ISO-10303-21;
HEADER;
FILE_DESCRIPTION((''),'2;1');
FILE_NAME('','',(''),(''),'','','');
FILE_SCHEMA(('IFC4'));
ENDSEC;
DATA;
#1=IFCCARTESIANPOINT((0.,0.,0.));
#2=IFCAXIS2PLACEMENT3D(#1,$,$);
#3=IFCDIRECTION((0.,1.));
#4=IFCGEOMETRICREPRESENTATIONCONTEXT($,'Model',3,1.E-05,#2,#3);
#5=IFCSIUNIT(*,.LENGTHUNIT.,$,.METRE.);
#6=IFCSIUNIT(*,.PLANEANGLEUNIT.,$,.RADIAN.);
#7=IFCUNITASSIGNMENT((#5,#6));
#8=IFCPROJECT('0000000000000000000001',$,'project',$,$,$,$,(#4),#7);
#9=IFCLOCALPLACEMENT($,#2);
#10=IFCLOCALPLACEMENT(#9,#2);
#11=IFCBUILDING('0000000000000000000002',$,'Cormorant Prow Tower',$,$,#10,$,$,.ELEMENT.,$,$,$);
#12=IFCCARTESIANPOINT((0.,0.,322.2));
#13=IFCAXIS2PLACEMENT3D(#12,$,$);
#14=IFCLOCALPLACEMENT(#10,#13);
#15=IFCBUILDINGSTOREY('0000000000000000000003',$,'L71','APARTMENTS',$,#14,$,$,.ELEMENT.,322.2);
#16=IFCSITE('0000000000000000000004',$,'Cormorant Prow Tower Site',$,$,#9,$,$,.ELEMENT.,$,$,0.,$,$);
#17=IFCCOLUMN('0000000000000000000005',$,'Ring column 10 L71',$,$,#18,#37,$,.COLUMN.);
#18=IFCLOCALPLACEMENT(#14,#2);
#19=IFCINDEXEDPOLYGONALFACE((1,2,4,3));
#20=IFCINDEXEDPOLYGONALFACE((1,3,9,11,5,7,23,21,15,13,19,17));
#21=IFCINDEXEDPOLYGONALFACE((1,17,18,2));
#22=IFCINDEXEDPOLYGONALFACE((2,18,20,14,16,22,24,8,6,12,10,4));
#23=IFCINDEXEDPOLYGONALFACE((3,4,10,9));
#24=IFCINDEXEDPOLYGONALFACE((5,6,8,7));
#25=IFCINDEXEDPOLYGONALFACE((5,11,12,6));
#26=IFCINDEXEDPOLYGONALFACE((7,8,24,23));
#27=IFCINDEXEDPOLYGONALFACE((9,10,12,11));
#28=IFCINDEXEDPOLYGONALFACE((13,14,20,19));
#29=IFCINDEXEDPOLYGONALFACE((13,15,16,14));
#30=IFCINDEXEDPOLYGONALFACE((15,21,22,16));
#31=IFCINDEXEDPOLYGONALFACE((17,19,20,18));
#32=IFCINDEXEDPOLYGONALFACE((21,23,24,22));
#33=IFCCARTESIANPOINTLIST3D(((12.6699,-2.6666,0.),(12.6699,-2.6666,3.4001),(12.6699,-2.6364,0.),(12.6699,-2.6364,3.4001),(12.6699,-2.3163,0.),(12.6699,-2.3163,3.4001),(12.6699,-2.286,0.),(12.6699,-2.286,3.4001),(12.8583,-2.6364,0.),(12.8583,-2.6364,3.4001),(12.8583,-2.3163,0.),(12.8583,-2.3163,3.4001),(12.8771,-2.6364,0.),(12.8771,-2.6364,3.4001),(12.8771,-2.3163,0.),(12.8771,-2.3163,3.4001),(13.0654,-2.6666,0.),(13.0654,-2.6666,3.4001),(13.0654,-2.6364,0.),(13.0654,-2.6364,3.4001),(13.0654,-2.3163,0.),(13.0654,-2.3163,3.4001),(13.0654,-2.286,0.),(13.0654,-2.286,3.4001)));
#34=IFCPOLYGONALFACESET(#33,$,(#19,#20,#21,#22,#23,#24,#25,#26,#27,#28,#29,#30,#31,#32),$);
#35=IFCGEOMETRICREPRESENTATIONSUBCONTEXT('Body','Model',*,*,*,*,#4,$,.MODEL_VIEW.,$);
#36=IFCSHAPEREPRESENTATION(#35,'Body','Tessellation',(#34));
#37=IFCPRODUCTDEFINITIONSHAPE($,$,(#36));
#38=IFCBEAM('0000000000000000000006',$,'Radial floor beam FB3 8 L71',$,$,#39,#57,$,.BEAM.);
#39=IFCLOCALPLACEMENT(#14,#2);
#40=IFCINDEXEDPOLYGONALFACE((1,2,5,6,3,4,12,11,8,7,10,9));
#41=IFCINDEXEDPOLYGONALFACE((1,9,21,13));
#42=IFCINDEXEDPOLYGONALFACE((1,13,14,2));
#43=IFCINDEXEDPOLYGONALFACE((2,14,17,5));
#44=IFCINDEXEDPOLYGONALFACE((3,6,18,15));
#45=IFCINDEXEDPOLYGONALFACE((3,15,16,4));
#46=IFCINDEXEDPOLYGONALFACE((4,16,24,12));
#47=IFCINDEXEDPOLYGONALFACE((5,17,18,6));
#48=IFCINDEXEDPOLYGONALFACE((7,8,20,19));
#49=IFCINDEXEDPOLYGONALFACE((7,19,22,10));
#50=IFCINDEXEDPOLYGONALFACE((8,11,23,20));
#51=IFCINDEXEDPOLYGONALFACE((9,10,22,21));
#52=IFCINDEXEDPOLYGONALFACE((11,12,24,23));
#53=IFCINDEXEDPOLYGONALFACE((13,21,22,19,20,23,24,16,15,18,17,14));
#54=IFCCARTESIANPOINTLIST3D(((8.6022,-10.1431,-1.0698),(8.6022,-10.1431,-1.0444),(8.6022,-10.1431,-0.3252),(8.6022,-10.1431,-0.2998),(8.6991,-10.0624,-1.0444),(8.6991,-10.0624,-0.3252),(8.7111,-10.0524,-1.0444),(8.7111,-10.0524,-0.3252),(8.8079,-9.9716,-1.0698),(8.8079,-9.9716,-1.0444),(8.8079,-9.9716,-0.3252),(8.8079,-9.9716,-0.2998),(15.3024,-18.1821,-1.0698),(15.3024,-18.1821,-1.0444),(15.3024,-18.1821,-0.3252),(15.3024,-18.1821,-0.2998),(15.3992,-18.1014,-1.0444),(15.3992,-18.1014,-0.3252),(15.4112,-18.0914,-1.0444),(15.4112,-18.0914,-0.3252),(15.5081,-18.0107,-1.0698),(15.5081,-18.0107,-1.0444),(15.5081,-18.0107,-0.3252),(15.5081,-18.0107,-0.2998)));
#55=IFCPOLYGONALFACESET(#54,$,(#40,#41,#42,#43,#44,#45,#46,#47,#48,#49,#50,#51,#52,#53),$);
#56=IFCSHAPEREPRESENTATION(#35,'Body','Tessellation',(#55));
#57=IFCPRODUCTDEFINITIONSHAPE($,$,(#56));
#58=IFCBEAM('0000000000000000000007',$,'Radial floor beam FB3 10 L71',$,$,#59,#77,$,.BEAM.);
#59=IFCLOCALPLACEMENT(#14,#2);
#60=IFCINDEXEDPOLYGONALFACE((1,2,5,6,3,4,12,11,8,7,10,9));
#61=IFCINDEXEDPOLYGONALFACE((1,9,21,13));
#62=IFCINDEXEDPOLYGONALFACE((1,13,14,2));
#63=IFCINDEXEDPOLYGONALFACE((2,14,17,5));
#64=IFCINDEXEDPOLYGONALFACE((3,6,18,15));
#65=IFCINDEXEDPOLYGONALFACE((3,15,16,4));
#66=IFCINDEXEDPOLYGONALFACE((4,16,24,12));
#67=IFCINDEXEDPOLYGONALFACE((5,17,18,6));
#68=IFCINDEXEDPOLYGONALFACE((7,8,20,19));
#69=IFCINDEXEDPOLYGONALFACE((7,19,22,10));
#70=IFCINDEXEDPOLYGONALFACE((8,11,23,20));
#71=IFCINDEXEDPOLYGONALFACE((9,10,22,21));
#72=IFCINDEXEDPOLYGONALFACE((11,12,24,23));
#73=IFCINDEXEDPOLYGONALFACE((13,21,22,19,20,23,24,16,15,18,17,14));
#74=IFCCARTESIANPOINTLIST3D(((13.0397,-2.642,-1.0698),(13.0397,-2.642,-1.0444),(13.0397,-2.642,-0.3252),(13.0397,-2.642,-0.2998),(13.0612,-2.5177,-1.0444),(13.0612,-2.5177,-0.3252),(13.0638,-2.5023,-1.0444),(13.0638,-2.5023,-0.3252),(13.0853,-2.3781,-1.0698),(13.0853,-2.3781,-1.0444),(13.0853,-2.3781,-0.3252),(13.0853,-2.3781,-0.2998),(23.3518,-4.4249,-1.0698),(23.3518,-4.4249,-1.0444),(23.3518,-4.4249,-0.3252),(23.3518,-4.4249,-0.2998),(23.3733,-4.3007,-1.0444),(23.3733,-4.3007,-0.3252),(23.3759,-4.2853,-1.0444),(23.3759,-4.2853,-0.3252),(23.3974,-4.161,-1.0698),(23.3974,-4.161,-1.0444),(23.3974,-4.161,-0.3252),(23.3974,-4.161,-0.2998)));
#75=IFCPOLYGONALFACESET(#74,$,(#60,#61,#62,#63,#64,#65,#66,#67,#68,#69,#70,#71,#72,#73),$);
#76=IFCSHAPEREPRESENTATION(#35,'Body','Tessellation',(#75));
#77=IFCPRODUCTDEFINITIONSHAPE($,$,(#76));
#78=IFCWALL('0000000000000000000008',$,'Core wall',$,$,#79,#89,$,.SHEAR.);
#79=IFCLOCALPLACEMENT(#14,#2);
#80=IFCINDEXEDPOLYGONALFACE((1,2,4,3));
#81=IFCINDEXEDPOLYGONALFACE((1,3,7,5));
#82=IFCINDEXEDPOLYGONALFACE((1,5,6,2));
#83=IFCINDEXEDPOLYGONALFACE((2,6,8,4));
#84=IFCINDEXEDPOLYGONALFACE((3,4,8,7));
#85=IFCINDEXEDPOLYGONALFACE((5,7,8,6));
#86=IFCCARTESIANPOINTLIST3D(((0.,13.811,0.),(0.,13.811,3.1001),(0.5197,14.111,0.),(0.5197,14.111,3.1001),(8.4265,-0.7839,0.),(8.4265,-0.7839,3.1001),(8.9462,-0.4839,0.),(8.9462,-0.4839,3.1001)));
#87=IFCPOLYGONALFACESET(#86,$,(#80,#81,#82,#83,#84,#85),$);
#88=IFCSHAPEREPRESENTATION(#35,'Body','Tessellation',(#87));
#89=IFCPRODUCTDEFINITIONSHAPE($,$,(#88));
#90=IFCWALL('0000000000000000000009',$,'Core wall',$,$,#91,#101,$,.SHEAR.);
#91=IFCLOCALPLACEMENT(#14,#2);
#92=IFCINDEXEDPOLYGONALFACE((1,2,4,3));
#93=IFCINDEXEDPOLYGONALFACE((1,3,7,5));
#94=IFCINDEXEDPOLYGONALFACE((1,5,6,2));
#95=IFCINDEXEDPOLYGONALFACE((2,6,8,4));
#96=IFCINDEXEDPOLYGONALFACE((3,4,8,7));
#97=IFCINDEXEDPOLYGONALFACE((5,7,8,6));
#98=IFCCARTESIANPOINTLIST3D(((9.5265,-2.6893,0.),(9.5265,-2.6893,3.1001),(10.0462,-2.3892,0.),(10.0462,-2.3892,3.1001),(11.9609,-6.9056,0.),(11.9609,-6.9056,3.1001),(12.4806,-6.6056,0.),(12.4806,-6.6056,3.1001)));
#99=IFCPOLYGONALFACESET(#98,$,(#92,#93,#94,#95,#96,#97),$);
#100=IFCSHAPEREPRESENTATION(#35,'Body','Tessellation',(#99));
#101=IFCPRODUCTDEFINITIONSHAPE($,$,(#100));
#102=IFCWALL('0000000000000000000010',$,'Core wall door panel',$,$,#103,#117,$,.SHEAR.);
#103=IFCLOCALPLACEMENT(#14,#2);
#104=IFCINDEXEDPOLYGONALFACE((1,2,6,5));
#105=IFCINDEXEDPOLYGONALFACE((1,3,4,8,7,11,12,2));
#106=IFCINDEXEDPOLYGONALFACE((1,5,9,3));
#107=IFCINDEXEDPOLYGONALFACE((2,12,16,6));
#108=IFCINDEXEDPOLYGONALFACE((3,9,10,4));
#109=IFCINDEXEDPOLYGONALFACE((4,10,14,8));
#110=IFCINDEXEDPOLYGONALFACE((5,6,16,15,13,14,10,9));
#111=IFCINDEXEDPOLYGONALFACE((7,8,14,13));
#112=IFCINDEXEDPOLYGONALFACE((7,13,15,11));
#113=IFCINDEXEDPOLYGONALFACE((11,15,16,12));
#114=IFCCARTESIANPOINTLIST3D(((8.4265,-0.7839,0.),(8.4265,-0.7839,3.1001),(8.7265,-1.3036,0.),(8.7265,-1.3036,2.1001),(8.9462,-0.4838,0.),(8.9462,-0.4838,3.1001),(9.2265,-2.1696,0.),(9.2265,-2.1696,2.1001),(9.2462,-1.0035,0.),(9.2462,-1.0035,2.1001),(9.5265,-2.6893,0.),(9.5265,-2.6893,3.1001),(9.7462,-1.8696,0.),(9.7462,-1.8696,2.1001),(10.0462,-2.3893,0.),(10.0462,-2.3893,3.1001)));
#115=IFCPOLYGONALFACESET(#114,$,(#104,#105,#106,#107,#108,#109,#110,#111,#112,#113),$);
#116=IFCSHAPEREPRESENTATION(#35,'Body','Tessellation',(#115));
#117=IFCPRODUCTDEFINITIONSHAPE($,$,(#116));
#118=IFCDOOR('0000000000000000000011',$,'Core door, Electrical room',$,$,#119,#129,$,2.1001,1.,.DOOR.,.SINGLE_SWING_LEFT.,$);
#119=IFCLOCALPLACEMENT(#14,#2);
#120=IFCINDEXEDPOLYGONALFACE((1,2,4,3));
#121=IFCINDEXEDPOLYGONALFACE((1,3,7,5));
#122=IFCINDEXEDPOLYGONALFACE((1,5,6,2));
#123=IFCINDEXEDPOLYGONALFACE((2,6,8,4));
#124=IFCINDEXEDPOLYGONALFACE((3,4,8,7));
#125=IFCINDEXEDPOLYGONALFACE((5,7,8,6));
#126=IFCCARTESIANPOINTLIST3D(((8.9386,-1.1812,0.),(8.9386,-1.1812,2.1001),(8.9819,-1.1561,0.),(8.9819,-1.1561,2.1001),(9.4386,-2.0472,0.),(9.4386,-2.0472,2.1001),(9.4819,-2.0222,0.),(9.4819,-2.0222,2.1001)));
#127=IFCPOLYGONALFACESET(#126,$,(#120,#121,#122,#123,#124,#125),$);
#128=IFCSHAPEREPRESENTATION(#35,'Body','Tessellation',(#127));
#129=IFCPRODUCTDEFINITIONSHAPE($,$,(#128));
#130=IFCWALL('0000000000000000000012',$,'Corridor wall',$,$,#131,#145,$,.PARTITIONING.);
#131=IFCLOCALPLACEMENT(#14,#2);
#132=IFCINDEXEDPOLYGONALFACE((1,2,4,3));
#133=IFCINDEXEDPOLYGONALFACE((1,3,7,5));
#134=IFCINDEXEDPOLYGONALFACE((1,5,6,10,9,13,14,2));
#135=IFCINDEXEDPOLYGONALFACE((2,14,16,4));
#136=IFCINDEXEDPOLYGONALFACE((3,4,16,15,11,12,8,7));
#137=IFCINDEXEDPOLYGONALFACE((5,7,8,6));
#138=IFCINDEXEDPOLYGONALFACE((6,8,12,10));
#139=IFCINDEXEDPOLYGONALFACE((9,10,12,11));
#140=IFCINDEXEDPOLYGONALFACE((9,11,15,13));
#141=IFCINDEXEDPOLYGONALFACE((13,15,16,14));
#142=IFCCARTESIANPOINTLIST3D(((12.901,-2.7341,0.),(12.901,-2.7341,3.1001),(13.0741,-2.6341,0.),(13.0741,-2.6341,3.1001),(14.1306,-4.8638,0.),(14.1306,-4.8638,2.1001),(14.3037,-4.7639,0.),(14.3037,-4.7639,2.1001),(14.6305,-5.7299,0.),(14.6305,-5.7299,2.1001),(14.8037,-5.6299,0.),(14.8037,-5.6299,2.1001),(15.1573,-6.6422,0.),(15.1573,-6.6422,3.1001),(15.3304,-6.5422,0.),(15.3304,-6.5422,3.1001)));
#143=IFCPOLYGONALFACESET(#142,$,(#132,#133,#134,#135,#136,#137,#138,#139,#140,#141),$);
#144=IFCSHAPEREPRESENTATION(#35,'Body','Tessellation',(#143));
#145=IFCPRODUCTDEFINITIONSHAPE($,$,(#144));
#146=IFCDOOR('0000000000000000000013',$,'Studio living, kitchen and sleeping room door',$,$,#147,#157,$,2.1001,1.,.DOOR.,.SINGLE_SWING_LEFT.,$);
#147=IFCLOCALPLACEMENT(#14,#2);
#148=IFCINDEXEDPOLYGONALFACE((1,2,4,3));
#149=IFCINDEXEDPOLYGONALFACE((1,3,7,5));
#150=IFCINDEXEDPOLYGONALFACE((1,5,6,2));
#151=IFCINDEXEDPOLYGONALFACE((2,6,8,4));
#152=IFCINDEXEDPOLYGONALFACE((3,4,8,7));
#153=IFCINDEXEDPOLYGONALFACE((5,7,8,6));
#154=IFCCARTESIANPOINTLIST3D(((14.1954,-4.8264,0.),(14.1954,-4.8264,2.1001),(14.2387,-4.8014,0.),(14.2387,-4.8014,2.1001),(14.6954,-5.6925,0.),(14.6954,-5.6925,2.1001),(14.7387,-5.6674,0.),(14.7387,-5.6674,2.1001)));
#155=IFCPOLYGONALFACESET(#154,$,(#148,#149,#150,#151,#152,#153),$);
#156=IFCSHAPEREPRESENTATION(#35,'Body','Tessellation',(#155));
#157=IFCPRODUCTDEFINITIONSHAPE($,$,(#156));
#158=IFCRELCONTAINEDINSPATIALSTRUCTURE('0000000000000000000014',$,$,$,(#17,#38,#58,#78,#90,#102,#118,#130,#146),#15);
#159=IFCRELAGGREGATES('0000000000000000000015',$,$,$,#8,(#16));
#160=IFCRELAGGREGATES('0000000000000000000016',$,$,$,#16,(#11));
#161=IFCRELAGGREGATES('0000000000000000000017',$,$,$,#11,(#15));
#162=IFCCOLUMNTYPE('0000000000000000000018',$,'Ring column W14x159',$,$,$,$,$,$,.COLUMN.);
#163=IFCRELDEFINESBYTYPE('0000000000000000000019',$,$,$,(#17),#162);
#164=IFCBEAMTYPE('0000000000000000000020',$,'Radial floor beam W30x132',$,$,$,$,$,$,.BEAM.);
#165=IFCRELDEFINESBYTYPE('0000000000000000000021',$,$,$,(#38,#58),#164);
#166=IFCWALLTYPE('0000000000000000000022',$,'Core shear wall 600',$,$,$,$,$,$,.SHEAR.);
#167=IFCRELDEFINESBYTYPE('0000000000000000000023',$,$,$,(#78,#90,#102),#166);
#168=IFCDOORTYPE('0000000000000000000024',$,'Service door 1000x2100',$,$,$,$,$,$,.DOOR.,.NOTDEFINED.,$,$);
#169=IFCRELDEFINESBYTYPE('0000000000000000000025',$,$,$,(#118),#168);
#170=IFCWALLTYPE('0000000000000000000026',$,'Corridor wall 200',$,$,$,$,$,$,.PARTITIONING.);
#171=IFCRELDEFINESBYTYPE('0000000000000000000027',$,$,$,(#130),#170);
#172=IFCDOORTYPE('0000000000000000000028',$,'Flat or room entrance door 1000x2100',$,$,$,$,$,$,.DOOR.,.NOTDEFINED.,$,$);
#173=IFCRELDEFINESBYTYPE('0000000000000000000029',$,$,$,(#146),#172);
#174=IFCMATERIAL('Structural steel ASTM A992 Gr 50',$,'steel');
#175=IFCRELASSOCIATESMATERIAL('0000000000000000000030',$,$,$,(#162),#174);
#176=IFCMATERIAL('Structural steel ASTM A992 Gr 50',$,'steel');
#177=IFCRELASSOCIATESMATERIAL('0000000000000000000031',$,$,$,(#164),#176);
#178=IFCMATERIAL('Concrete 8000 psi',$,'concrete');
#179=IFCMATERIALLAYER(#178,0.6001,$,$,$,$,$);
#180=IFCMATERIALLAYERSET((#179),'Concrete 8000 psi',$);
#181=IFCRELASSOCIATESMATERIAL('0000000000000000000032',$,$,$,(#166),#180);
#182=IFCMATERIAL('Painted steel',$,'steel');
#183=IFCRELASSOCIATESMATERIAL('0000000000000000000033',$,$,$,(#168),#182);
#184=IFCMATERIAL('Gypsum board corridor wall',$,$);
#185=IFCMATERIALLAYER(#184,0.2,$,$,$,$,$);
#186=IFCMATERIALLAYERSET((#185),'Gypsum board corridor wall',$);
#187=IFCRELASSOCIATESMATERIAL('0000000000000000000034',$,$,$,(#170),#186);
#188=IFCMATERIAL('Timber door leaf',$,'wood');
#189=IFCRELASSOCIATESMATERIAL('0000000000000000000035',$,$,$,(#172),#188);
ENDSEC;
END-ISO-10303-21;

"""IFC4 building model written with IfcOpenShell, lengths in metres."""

from ifc_helpers import new_model, si_unit, direction, frame, frame_2d, origin, origin_2d, place, context, subcontext, project, spatial, rectangle, i_section, extrude, material, layer, layer_set, material_profile, profile_set, type_object, element, fill, save


model = new_model("IFC4")

# Units and contexts
model_context = context("Model", 3, precision=1e-05, world=origin(), true_north=direction((0.0, 1.0)))
body_context = subcontext(model_context, "Body", "Model", "MODEL_VIEW")
ifc_project = project(units=[si_unit("LENGTHUNIT", "METRE"), si_unit("PLANEANGLEUNIT", "RADIAN")], contexts=[model_context])

# Site, building, storey
site_placement = place(None, origin())
site = spatial("IfcSite", under=ifc_project, at=site_placement, Name="Cormorant Prow Tower Site", CompositionType="ELEMENT", RefElevation=0.0)
building_placement = place(site_placement, origin())
building = spatial("IfcBuilding", under=site, at=building_placement, Name="Cormorant Prow Tower", CompositionType="ELEMENT")
storey_placement = place(building_placement, frame((0.0, 0.0, 322.2)))
storey = spatial("IfcBuildingStorey", under=building, at=storey_placement, Name="L71", Description="APARTMENTS", CompositionType="ELEMENT", Elevation=322.2)

# Column
ifc_material_1 = material(Name="Structural steel ASTM A992 Gr 50", Category="steel")
ifc_material_profile_1 = material_profile(ifc_material_1, i_section(OverallWidth=0.3955, OverallDepth=0.3806, WebThickness=0.0188, FlangeThickness=0.0303, at=origin_2d()), Name="W14x159")
ifc_profile_set_1 = profile_set([ifc_material_profile_1], Name="Structural steel ASTM A992 Gr 50")
column_type = type_object("IfcColumnType", Name="Ring column W14x159", PredefinedType="COLUMN", material=ifc_profile_set_1)
column_placement = place(storey_placement, frame((12.8677, -2.4763, 0.0), z_axis=(0.0, 0.0, 1.0), x_axis=(1.0, 0.0, 0.0)))
element("IfcColumn", 1, at=column_placement, inside=storey, type_object=column_type, Name="Ring column 10 L71", PredefinedType="COLUMN", context=body_context, shape_type="SweptSolid", body=[
    extrude(i_section(OverallWidth=0.3955, OverallDepth=0.3806, WebThickness=0.0188, FlangeThickness=0.0303, at=origin_2d()), origin(), (0.0, 0.0, 1.0), 3.4001),
])

# Beams
ifc_material_2 = material(Name="Structural steel ASTM A992 Gr 50", Category="steel")
ifc_material_profile_2 = material_profile(ifc_material_2, i_section(OverallWidth=0.2678, OverallDepth=0.77, WebThickness=0.0156, FlangeThickness=0.0254, at=origin_2d()), Name="W30x132")
ifc_profile_set_2 = profile_set([ifc_material_profile_2], Name="Structural steel ASTM A992 Gr 50")
beam_type = type_object("IfcBeamType", Name="Radial floor beam W30x132", PredefinedType="BEAM", material=ifc_profile_set_2)
for number, where, z_axis, x_axis, name in (
    (2, (8.7051, -10.0574, -0.6848), (0.640239, -0.768175, 0.0), (0.768175, 0.640239, 0.0), "Radial floor beam FB3 8 L71"),
    (3, (13.0625, -2.51, -0.6848), (0.98538, -0.170373, 0.0), (0.170373, 0.98538, 0.0), "Radial floor beam FB3 10 L71"),
):
    element("IfcBeam", number, at=place(storey_placement, frame(where, z_axis=z_axis, x_axis=x_axis)), inside=storey, type_object=beam_type, Name=name, PredefinedType="BEAM", context=body_context, shape_type="SweptSolid", body=[
        extrude(i_section(OverallWidth=0.2678, OverallDepth=0.77, WebThickness=0.0156, FlangeThickness=0.0254, at=origin_2d()), origin(), (0.0, 0.0, 1.0), 10.4651),
    ])

# Walls
ifc_material_3 = material(Name="Concrete 8000 psi", Category="concrete")
ifc_layer_1 = layer(ifc_material_3, 0.6001)
ifc_layer_set_1 = layer_set([ifc_layer_1], Name="Concrete 8000 psi")
wall_type_1 = type_object("IfcWallType", Name="Core shear wall 600", PredefinedType="SHEAR", material=ifc_layer_set_1)
wall_1_placement = place(storey_placement, frame((8.6863, -0.6338, 0.0), z_axis=(0.0, 0.0, 1.0), x_axis=(-0.500005, 0.866023, 0.0)))
element("IfcWall", 4, at=wall_1_placement, inside=storey, type_object=wall_type_1, Name="Core wall", PredefinedType="SHEAR", context=body_context, shape_type="SweptSolid", body=[
    extrude(rectangle(XDim=16.8528, YDim=0.6001, at=frame_2d((8.4263, 0.0))), origin(), (0.0, 0.0, 1.0), 3.1001),
])
wall_2_placement = place(storey_placement, frame((12.2207, -6.7556, 0.0), z_axis=(0.0, 0.0, 1.0), x_axis=(-0.500006, 0.866022, 0.0)))
element("IfcWall", 5, at=wall_2_placement, inside=storey, type_object=wall_type_1, Name="Core wall", PredefinedType="SHEAR", context=body_context, shape_type="SweptSolid", body=[
    extrude(rectangle(XDim=4.8687, YDim=0.6001, at=frame_2d((2.4343, 0.0))), origin(), (0.0, 0.0, 1.0), 3.1001),
])

# Wall, opening, door
wall_3_placement = place(storey_placement, frame((9.7864, -2.5393, 0.0), z_axis=(0.0, 0.0, 1.0), x_axis=(-0.499982, 0.866036, 0.0)))
wall_3 = element("IfcWall", 6, at=wall_3_placement, inside=storey, type_object=wall_type_1, Name="Core wall door panel", PredefinedType="SHEAR", context=body_context, shape_type="SweptSolid", body=[
    extrude(rectangle(XDim=2.2002, YDim=0.6001, at=frame_2d((1.1001, 0.0))), origin(), (0.0, 0.0, 1.0), 3.1001),
])
opening_1_placement = place(wall_3_placement, frame((0.6001, 0.0, 0.0)))
opening_1 = element("IfcOpeningElement", 7, at=opening_1_placement, cuts=wall_3, PredefinedType="OPENING", context=body_context, shape_type="SweptSolid", body=[
    extrude(rectangle(XDim=1.0, YDim=2.1001, at=frame_2d((0.5, 1.05))), frame((0.0, 0.3101, 0.0), z_axis=(0.0, -1.0, 0.0), x_axis=(1.0, 0.0, 0.0)), (0.0, 0.0, 1.0), 0.6201),
])
ifc_material_4 = material(Name="Painted steel", Category="steel")
door_type_1 = type_object("IfcDoorType", Name="Service door 1000x2100", OperationType="NOTDEFINED", PredefinedType="DOOR", material=ifc_material_4)
door_1_placement = place(opening_1_placement, origin())
door_1 = element("IfcDoor", 8, at=door_1_placement, inside=storey, type_object=door_type_1, Name="Core door, Electrical room", OperationType="SINGLE_SWING_LEFT", OverallHeight=2.1001, OverallWidth=1.0, PredefinedType="DOOR", context=body_context, shape_type="SweptSolid", body=[
    extrude(rectangle(XDim=1.0, YDim=2.1001, at=frame_2d((0.5, 1.05))), frame((0.0, 0.0552, 0.0), z_axis=(0.0, -1.0, 0.0), x_axis=(1.0, 0.0, 0.0)), (0.0, 0.0, 1.0), 0.05),
])
fill(opening_1, door_1)

# Shared definitions
ifc_material_5 = material(Name="Gypsum board corridor wall")
ifc_layer_2 = layer(ifc_material_5, 0.2)
ifc_layer_set_2 = layer_set([ifc_layer_2], Name="Gypsum board corridor wall")
wall_type_2 = type_object("IfcWallType", Name="Corridor wall 200", PredefinedType="PARTITIONING", material=ifc_layer_set_2)

# Wall, opening, door
wall_4_placement = place(storey_placement, frame((12.9875, -2.6841, 0.0), z_axis=(0.0, 0.0, 1.0), x_axis=(0.499991, -0.866031, 0.0)))
wall_4 = element("IfcWall", 9, at=wall_4_placement, inside=storey, type_object=wall_type_2, Name="Corridor wall", PredefinedType="PARTITIONING", context=body_context, shape_type="SweptSolid", body=[
    extrude(rectangle(XDim=4.5127, YDim=0.2, at=frame_2d((2.2563, 0.0))), origin(), (0.0, 0.0, 1.0), 3.1001),
])
opening_2_placement = place(wall_4_placement, frame((2.4592, 0.0, 0.0)))
opening_2 = element("IfcOpeningElement", 10, at=opening_2_placement, cuts=wall_4, PredefinedType="OPENING", context=body_context, shape_type="SweptSolid", body=[
    extrude(rectangle(XDim=1.0, YDim=2.1001, at=frame_2d((0.5, 1.05))), frame((0.0, 0.1099, 0.0), z_axis=(0.0, -1.0, 0.0), x_axis=(1.0, 0.0, 0.0)), (0.0, 0.0, 1.0), 0.22),
])
ifc_material_6 = material(Name="Timber door leaf", Category="wood")
door_type_2 = type_object("IfcDoorType", Name="Flat or room entrance door 1000x2100", OperationType="NOTDEFINED", PredefinedType="DOOR", material=ifc_material_6)
door_2_placement = place(opening_2_placement, origin())
door_2 = element("IfcDoor", 11, at=door_2_placement, inside=storey, type_object=door_type_2, Name="Studio living, kitchen and sleeping room door", OperationType="SINGLE_SWING_LEFT", OverallHeight=2.1001, OverallWidth=1.0, PredefinedType="DOOR", context=body_context, shape_type="SweptSolid", body=[
    extrude(rectangle(XDim=1.0, YDim=2.1001, at=frame_2d((0.5, 1.05))), frame((0.0, 0.0249, 0.0), z_axis=(0.0, -1.0, 0.0), x_axis=(1.0, 0.0, 0.0)), (0.0, 0.0, 1.0), 0.05),
])
fill(opening_2, door_2)

save(model, "model.ifc")
